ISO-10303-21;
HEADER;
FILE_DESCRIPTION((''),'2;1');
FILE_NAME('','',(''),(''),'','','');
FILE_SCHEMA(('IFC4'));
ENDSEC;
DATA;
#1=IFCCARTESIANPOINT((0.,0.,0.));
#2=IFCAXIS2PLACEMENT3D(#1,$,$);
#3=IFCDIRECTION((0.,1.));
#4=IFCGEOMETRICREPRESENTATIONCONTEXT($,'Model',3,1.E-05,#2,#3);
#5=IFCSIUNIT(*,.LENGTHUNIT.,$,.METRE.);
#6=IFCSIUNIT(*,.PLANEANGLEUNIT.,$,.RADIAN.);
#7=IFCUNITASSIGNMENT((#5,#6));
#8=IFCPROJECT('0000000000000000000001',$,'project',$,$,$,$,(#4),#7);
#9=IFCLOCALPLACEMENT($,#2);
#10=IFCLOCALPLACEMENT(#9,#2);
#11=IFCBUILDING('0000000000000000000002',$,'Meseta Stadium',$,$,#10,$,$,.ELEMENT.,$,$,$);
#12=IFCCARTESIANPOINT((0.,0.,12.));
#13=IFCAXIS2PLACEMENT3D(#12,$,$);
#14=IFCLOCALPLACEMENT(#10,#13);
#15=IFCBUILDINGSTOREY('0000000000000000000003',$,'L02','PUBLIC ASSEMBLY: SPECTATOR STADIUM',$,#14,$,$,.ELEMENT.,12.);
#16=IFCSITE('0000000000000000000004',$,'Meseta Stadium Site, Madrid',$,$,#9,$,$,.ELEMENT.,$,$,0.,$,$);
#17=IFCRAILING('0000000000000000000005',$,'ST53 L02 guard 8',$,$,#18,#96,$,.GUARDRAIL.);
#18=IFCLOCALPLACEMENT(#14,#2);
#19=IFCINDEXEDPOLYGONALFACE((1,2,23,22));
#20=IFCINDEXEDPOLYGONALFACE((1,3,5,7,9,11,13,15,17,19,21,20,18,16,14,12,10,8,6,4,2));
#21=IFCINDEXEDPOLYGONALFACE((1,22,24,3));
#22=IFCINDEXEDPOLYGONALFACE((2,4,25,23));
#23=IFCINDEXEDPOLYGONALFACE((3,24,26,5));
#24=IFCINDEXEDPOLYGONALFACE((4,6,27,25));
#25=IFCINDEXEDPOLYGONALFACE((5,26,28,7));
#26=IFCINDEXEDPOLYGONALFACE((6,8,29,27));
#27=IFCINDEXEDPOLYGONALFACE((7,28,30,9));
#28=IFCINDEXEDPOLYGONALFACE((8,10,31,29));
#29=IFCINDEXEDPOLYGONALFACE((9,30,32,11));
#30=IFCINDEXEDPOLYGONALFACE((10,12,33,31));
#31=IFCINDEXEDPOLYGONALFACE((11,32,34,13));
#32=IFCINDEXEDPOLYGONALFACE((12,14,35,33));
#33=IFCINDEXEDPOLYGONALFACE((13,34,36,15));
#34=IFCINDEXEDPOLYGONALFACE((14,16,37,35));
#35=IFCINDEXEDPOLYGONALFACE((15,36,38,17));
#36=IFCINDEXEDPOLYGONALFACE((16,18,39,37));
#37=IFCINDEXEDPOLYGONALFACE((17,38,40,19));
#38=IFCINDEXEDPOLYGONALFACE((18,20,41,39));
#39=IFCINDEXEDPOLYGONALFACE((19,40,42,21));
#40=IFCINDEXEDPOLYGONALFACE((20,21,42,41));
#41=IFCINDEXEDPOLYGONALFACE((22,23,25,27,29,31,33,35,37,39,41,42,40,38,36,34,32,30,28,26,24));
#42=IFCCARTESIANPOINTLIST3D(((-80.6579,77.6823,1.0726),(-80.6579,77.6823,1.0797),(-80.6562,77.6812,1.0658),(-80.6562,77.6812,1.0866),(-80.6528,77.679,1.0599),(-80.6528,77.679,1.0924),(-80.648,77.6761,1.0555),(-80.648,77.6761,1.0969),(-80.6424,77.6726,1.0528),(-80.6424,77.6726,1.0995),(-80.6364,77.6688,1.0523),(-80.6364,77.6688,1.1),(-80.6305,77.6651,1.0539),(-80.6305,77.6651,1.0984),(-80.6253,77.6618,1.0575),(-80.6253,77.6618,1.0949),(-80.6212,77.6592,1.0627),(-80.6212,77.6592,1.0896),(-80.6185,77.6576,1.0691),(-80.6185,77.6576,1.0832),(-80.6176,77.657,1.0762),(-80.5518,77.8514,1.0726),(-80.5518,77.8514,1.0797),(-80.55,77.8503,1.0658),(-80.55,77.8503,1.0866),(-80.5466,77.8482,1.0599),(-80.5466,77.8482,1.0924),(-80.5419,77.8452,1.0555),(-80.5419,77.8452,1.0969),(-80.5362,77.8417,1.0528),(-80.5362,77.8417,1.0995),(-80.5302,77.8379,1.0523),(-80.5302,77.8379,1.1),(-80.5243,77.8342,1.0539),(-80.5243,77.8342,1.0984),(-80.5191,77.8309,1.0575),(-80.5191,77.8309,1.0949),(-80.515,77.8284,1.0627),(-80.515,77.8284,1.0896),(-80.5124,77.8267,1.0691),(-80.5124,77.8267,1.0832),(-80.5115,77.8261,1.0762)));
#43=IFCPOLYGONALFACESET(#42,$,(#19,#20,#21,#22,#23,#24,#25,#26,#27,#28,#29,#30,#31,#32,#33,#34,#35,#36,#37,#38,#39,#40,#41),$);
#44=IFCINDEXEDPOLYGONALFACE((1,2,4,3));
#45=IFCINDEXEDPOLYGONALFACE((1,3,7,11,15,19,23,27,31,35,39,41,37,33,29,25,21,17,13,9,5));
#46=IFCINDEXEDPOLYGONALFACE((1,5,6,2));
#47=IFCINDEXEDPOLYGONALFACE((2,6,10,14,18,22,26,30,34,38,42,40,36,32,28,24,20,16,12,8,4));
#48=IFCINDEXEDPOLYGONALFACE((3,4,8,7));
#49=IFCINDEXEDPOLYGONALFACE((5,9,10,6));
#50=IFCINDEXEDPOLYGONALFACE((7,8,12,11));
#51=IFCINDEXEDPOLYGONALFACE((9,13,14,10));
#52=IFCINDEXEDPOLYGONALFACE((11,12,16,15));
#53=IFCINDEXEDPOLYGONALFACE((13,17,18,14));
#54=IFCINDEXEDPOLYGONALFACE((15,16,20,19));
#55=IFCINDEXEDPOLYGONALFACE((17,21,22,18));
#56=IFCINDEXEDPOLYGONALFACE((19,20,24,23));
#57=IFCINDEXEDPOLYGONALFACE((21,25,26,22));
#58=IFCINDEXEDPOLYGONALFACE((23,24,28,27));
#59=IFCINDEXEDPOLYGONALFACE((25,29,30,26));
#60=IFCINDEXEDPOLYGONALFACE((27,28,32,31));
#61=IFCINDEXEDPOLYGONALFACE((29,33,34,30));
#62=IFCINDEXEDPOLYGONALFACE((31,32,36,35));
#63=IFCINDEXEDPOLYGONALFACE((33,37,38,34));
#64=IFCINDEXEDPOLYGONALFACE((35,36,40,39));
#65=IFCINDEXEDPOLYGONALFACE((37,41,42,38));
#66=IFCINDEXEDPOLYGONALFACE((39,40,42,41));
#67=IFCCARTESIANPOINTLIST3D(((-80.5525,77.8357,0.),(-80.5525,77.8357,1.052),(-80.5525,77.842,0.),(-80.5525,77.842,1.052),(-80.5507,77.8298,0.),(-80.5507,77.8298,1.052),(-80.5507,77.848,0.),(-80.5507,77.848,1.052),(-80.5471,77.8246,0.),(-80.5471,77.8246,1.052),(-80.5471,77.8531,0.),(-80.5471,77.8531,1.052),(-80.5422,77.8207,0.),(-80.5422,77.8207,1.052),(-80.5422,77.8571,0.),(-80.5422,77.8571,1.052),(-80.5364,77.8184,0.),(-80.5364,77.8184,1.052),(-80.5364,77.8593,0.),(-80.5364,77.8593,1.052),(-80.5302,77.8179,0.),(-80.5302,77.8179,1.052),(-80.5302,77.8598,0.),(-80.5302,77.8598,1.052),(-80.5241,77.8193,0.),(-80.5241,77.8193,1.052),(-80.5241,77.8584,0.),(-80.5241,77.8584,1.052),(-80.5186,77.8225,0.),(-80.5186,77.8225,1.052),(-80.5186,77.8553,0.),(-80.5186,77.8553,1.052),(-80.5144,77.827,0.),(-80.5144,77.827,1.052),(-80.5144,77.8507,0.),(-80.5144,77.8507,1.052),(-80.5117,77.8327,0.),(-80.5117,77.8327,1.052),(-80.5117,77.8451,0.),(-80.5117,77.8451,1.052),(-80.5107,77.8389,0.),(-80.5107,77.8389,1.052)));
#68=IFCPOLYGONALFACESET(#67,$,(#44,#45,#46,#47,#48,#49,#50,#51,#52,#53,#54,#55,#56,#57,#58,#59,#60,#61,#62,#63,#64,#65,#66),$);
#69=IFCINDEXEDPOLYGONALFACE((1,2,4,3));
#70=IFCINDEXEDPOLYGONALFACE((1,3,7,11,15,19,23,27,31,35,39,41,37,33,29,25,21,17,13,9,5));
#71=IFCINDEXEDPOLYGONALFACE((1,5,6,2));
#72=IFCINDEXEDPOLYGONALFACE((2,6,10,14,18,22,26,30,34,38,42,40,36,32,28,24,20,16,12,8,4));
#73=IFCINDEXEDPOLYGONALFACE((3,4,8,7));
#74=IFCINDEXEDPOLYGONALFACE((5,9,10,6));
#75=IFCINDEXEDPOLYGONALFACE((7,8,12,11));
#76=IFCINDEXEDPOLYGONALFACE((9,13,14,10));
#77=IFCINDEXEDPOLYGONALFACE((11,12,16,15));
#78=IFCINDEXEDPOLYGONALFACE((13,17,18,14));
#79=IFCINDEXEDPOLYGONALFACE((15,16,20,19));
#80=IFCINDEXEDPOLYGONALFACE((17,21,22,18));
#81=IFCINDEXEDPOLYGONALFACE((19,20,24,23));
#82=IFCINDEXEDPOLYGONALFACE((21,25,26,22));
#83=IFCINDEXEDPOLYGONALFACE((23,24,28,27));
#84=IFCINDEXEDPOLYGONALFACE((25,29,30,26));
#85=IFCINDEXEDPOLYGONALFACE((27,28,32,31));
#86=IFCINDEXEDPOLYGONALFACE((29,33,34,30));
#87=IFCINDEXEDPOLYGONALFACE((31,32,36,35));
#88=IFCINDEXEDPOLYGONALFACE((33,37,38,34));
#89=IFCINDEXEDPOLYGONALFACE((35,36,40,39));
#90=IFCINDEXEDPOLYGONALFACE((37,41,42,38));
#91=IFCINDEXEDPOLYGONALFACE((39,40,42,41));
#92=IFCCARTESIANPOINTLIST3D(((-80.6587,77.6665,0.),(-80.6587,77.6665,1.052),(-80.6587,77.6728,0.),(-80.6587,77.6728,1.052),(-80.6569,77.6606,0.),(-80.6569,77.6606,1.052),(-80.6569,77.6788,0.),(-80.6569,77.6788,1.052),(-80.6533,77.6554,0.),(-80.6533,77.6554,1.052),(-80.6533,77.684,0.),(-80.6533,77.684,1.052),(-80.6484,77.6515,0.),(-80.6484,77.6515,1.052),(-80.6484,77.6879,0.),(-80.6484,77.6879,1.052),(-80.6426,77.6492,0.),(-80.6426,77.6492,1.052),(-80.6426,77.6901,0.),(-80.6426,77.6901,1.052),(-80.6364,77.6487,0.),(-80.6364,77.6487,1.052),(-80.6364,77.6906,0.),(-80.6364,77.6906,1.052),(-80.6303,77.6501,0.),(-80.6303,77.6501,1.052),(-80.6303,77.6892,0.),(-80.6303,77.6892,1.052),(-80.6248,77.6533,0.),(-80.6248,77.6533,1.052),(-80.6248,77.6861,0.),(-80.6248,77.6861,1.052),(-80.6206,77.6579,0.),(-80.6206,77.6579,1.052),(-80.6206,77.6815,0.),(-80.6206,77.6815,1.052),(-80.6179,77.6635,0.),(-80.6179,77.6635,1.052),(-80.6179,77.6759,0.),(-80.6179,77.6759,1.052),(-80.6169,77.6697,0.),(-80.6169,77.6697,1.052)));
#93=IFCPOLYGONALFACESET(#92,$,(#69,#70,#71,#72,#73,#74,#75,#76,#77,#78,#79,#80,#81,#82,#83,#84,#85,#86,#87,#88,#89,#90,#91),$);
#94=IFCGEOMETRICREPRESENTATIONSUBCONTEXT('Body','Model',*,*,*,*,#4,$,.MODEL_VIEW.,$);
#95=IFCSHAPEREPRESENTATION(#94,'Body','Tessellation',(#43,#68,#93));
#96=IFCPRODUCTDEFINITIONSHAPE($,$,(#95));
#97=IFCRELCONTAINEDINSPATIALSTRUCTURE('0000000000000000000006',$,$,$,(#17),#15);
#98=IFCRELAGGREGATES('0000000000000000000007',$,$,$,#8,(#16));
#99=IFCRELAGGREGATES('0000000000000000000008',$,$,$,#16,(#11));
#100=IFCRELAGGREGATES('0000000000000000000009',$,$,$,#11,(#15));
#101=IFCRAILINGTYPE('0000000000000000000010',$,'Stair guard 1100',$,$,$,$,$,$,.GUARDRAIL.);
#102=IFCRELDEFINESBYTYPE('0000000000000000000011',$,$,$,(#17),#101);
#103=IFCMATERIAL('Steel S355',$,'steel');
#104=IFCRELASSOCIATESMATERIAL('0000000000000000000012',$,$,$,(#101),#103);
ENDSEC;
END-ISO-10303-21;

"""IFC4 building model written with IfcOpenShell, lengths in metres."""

from ifc_helpers import new_model, si_unit, direction, frame, origin, origin_2d, place, context, subcontext, project, spatial, circle, extrude, material, type_object, element, save


model = new_model("IFC4")

# Units and contexts
model_context = context("Model", 3, precision=1e-05, world=origin(), true_north=direction((0.0, 1.0)))
body_context = subcontext(model_context, "Body", "Model", "MODEL_VIEW")
ifc_project = project(units=[si_unit("LENGTHUNIT", "METRE"), si_unit("PLANEANGLEUNIT", "RADIAN")], contexts=[model_context])

# Site, building, storey
site_placement = place(None, origin())
site = spatial("IfcSite", under=ifc_project, at=site_placement, Name="Meseta Stadium Site, Madrid", CompositionType="ELEMENT", RefElevation=0.0)
building_placement = place(site_placement, origin())
building = spatial("IfcBuilding", under=site, at=building_placement, Name="Meseta Stadium", CompositionType="ELEMENT")
storey_placement = place(building_placement, frame((0.0, 0.0, 12.0)))
storey = spatial("IfcBuildingStorey", under=building, at=storey_placement, Name="L02", Description="PUBLIC ASSEMBLY: SPECTATOR STADIUM", CompositionType="ELEMENT", Elevation=12.0)

# Railing
ifc_material_1 = material(Name="Steel S355", Category="steel")
railing_type_1 = type_object("IfcRailingType", Name="Stair guard 1100", PredefinedType="GUARDRAIL", material=ifc_material_1)
railing_1_placement = place(storey_placement, frame((-80.5317, 77.8389, 0.0)))
element("IfcRailing", 1, at=railing_1_placement, inside=storey, type_object=railing_type_1, Name="ST53 L02 guard 8", PredefinedType="GUARDRAIL", context=body_context, shape_type="SweptSolid", body=[
    extrude(circle(Radius=0.0239, at=origin_2d()), frame((0.0, 0.0, 1.0762), z_axis=(-0.531646, -0.846967, 0.0), x_axis=(0.846967, -0.531646, 0.0)), (0.0, 0.0, 1.0), 0.1997),
    extrude(circle(Radius=0.021, at=origin_2d()), origin(), (0.0, 0.0, 1.0), 1.052),
    extrude(circle(Radius=0.021, at=origin_2d()), frame((-0.1062, -0.1692, 0.0)), (0.0, 0.0, 1.0), 1.052),
])

save(model, "model.ifc")
